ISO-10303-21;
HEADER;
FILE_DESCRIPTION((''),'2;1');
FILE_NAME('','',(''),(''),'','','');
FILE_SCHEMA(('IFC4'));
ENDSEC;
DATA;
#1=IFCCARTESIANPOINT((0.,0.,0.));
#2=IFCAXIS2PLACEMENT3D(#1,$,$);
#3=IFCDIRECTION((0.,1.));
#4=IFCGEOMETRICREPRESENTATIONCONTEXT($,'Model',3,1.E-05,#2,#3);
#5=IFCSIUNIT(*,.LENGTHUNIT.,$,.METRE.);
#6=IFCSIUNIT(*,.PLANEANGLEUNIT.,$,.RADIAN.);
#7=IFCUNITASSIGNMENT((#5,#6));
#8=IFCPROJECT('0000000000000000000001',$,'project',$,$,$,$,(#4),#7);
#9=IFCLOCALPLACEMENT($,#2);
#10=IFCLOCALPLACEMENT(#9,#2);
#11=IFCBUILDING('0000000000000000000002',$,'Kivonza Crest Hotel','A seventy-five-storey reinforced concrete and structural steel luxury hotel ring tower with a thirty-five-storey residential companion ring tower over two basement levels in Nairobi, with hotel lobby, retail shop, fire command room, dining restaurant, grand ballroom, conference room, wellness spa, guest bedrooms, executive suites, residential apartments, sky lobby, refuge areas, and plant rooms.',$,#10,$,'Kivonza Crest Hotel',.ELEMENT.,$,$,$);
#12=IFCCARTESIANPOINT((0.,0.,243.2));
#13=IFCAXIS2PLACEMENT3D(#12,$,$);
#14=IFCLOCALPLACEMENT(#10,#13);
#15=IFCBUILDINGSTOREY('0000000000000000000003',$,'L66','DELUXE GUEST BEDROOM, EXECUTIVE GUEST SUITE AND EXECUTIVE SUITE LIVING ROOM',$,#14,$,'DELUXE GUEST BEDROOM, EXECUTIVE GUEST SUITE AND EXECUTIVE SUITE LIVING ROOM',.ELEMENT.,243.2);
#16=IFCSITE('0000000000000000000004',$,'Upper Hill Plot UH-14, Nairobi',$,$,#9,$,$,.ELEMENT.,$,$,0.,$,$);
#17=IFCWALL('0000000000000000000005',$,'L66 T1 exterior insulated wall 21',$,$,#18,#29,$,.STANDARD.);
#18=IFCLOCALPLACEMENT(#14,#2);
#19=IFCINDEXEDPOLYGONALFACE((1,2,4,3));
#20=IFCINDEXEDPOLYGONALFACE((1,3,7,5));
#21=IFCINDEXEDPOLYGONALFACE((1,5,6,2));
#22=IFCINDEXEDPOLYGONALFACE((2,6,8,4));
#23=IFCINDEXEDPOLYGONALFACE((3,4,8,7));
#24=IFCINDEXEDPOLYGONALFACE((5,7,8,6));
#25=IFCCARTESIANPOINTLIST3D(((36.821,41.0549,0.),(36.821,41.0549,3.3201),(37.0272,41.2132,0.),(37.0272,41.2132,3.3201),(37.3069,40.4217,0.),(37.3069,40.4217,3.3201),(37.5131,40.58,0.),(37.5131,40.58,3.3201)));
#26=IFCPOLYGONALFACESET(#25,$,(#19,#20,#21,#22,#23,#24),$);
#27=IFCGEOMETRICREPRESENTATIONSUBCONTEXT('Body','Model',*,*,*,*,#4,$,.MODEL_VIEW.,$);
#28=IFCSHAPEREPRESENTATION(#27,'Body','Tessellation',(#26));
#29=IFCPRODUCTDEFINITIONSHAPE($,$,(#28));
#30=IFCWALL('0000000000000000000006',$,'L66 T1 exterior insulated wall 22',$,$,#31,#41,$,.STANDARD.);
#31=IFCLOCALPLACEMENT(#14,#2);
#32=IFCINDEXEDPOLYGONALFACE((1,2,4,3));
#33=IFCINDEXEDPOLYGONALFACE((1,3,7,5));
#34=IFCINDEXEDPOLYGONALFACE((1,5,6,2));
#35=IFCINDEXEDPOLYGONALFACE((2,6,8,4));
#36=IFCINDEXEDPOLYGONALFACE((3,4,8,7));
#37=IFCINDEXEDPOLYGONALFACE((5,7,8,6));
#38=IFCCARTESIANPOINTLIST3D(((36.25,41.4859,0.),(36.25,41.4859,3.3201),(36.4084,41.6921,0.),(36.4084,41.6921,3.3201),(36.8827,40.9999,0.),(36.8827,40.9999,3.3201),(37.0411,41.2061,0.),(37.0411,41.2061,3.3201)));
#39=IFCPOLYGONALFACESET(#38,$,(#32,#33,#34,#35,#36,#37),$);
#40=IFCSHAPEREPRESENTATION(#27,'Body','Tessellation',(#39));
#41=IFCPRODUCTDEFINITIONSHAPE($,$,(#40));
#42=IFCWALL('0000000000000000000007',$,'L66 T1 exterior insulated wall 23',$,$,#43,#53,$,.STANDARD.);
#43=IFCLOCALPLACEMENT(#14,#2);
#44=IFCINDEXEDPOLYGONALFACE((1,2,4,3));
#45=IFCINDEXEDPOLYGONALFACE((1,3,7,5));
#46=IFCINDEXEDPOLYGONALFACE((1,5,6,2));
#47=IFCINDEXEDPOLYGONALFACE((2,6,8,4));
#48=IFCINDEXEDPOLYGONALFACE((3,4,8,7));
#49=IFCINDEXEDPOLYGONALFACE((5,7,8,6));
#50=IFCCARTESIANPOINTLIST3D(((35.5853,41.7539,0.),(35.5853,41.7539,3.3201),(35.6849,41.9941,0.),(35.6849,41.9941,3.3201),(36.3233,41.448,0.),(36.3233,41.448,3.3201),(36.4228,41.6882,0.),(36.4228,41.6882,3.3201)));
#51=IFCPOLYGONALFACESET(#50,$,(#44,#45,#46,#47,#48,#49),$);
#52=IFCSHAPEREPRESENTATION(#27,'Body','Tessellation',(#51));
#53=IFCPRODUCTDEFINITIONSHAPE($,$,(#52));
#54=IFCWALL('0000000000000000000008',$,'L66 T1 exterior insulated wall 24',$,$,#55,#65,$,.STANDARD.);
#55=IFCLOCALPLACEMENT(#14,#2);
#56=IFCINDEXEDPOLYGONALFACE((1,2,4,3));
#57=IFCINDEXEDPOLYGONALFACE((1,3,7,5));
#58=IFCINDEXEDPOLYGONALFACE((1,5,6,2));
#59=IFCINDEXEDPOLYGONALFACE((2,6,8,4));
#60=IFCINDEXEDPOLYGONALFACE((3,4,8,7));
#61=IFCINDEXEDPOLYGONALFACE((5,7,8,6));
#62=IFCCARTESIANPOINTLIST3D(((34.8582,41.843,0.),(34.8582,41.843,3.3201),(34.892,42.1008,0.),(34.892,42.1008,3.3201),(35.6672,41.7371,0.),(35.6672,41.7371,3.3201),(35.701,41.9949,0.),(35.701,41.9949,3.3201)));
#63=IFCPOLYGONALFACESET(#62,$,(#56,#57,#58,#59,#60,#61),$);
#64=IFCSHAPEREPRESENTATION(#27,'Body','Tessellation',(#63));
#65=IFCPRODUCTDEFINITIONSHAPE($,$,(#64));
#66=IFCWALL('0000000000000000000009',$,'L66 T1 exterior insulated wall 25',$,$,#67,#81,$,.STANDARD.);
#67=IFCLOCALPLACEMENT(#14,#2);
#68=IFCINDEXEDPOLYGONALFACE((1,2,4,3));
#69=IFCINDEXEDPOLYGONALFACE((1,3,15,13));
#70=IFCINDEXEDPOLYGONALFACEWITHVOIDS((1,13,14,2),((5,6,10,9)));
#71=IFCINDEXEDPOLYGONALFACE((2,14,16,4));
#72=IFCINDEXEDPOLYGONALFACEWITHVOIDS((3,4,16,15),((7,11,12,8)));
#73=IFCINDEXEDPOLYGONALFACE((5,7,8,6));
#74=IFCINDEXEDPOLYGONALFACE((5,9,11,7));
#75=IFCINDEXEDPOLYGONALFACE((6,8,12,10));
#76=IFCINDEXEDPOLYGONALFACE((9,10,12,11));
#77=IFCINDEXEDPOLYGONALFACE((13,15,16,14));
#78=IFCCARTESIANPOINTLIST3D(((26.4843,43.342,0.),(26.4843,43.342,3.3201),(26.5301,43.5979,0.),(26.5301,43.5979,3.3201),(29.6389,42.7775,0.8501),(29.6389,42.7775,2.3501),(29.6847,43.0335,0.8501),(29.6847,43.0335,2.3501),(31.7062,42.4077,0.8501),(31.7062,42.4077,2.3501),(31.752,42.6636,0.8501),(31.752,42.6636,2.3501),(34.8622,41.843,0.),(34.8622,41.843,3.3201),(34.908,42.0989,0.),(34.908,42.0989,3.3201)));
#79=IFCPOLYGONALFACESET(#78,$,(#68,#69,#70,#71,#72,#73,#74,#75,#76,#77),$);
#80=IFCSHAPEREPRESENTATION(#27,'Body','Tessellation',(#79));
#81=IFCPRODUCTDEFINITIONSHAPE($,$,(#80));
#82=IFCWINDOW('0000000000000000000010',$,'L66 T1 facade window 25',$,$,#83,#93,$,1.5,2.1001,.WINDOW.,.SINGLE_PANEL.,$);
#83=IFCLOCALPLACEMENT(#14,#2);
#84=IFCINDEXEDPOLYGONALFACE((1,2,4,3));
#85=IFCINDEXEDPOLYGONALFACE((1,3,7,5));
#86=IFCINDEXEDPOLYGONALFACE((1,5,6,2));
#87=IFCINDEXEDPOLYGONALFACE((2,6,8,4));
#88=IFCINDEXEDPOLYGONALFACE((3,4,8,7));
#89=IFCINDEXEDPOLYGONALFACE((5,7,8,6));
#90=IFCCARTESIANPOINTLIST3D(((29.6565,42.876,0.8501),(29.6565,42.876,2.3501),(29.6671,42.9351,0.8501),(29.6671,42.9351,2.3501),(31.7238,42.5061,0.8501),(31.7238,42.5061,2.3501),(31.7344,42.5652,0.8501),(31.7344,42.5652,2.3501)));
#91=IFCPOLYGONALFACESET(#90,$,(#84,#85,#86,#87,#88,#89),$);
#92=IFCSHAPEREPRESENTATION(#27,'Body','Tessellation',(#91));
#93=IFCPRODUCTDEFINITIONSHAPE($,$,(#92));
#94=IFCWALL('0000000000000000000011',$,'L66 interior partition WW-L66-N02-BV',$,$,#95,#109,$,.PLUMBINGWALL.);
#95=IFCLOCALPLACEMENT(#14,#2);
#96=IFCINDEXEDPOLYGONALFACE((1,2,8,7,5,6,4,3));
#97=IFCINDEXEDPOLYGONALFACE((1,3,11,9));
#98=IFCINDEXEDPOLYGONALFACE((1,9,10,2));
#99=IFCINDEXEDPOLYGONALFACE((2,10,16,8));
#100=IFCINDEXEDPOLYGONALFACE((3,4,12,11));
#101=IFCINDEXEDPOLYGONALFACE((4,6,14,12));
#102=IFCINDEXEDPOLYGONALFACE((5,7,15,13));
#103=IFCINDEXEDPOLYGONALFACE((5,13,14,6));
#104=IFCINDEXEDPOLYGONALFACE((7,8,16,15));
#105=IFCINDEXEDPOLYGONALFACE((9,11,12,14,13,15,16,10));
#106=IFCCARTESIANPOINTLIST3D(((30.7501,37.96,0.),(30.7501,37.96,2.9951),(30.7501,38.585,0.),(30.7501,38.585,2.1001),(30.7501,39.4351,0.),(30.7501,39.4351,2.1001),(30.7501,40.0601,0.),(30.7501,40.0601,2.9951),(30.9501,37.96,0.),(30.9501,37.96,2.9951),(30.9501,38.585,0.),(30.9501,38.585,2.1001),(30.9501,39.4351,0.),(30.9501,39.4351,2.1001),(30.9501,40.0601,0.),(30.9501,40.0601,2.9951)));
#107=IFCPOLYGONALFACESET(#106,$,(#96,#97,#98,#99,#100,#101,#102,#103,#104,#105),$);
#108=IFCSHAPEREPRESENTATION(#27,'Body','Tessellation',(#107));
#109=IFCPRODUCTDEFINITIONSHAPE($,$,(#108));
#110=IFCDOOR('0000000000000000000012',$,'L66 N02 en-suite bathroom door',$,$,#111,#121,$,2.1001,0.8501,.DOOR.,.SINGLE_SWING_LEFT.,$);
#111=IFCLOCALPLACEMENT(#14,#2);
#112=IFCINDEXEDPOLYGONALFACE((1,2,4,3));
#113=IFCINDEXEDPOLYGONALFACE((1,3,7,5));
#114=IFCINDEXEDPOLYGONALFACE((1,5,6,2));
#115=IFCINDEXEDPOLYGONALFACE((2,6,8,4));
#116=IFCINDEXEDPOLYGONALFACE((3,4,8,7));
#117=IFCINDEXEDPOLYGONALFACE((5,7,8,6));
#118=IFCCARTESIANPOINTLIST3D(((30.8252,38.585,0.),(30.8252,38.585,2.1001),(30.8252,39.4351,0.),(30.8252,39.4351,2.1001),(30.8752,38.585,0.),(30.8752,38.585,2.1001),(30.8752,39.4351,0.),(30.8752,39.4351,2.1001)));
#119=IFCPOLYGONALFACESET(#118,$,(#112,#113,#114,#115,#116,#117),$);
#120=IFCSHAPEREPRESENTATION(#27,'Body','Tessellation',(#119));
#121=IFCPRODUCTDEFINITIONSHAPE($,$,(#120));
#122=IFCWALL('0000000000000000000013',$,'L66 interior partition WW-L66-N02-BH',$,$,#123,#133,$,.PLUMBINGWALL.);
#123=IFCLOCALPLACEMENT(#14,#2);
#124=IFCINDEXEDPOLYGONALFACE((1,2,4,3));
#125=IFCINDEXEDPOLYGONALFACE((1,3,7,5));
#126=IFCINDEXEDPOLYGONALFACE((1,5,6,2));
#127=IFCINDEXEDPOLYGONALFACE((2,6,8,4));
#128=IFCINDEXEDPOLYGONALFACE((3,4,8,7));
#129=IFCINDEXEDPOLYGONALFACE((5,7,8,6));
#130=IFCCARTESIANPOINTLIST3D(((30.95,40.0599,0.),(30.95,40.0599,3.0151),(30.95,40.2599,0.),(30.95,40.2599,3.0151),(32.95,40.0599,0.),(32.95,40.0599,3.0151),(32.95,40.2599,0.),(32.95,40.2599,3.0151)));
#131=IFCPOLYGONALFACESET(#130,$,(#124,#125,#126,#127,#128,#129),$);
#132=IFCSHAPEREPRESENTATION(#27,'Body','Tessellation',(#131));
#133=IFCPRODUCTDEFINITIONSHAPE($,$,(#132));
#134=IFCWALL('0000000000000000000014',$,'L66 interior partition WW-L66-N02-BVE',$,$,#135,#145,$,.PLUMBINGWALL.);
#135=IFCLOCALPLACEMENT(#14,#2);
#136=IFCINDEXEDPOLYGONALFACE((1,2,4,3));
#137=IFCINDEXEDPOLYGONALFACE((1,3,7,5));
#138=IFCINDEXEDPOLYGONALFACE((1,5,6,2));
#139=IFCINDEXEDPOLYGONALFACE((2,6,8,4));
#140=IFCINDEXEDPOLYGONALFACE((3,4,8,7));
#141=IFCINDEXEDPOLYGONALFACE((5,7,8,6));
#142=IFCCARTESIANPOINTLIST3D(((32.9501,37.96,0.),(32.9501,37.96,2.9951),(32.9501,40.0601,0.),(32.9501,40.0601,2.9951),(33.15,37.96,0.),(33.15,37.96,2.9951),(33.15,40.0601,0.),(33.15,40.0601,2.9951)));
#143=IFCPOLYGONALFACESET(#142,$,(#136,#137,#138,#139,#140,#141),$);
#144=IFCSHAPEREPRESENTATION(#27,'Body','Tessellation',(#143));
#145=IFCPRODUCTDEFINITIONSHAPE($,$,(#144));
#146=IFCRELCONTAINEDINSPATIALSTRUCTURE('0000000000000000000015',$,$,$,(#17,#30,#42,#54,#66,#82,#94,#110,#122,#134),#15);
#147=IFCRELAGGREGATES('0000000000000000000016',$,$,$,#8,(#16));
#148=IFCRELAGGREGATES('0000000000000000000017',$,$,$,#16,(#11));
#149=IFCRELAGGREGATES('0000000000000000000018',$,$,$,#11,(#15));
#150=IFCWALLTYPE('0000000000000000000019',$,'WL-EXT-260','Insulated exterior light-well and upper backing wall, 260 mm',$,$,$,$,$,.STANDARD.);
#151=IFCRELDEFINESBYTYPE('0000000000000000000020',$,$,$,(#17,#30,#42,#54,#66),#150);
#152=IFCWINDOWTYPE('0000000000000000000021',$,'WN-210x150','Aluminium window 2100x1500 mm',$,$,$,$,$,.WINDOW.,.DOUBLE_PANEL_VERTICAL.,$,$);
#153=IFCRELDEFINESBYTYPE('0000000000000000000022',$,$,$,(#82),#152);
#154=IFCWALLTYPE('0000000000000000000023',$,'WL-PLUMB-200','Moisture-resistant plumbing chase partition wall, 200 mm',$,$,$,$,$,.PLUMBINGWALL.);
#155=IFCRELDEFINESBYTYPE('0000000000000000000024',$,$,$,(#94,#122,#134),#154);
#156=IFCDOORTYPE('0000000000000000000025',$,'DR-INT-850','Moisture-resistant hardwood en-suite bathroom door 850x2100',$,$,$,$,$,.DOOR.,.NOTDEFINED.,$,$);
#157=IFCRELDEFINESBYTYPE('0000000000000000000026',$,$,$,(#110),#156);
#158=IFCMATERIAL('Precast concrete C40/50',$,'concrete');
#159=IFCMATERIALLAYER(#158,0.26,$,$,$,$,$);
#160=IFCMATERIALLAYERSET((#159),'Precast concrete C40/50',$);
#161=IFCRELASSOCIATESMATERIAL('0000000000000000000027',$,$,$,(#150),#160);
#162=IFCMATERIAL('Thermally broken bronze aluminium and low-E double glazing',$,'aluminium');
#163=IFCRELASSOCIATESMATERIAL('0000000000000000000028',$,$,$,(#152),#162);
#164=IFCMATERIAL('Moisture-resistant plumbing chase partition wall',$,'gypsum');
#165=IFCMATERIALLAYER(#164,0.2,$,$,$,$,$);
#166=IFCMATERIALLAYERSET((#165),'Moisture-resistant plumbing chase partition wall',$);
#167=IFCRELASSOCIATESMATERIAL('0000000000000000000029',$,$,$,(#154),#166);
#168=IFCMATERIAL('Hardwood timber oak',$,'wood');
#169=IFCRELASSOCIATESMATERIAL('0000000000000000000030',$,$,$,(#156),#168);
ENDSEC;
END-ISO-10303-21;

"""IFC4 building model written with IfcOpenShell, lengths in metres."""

from ifc_helpers import new_model, si_unit, direction, frame, frame_2d, origin, place, context, subcontext, project, spatial, rectangle, extrude, material, layer, layer_set, type_object, element, fill, save


model = new_model("IFC4")

# Units and contexts
model_context = context("Model", 3, precision=1e-05, world=origin(), true_north=direction((0.0, 1.0)))
body_context = subcontext(model_context, "Body", "Model", "MODEL_VIEW")
ifc_project = project(units=[si_unit("LENGTHUNIT", "METRE"), si_unit("PLANEANGLEUNIT", "RADIAN")], contexts=[model_context])

# Site, building, storey
site_placement = place(None, origin())
site = spatial("IfcSite", under=ifc_project, at=site_placement, Name="Upper Hill Plot UH-14, Nairobi", CompositionType="ELEMENT", RefElevation=0.0)
building_placement = place(site_placement, origin())
building = spatial("IfcBuilding", under=site, at=building_placement, Name="Kivonza Crest Hotel", Description="A seventy-five-storey reinforced concrete and structural steel luxury hotel ring tower with a thirty-five-storey residential companion ring tower over two basement levels in Nairobi, with hotel lobby, retail shop, fire command room, dining restaurant, grand ballroom, conference room, wellness spa, guest bedrooms, executive suites, residential apartments, sky lobby, refuge areas, and plant rooms.", LongName="Kivonza Crest Hotel", CompositionType="ELEMENT")
storey_placement = place(building_placement, frame((0.0, 0.0, 243.2)))
storey = spatial("IfcBuildingStorey", under=building, at=storey_placement, Name="L66", Description="DELUXE GUEST BEDROOM, EXECUTIVE GUEST SUITE AND EXECUTIVE SUITE LIVING ROOM", LongName="DELUXE GUEST BEDROOM, EXECUTIVE GUEST SUITE AND EXECUTIVE SUITE LIVING ROOM", CompositionType="ELEMENT", Elevation=243.2)

# Shared definitions
ifc_material_1 = material(Name="Hardwood timber oak", Category="wood")

# Walls
ifc_material_2 = material(Name="Precast concrete C40/50", Category="concrete")
ifc_layer_1 = layer(ifc_material_2, 0.26)
ifc_layer_set_1 = layer_set([ifc_layer_1], Name="Precast concrete C40/50")
wall_type_1 = type_object("IfcWallType", Name="WL-EXT-260", Description="Insulated exterior light-well and upper backing wall, 260 mm", PredefinedType="STANDARD", material=ifc_layer_set_1)
wall_1_placement = place(storey_placement, frame((37.4099, 40.501, 0.0), z_axis=(0.0, 0.0, 1.0), x_axis=(-0.608823, 0.793306, 0.0)))
element("IfcWall", 1, at=wall_1_placement, inside=storey, type_object=wall_type_1, Name="L66 T1 exterior insulated wall 21", PredefinedType="STANDARD", context=body_context, shape_type="SweptSolid", body=[
    extrude(rectangle(XDim=0.7981, YDim=0.26, at=frame_2d((0.3989, 0.0))), origin(), (0.0, 0.0, 1.0), 3.3201),
])
wall_2_placement = place(storey_placement, frame((36.9619, 41.103, 0.0), z_axis=(0.0, 0.0, 1.0), x_axis=(-0.793045, 0.609164, 0.0)))
element("IfcWall", 2, at=wall_2_placement, inside=storey, type_object=wall_type_1, Name="L66 T1 exterior insulated wall 22", PredefinedType="STANDARD", context=body_context, shape_type="SweptSolid", body=[
    extrude(rectangle(XDim=0.7979, YDim=0.26, at=frame_2d((0.3989, 0.0))), origin(), (0.0, 0.0, 1.0), 3.3201),
])
wall_3_placement = place(storey_placement, frame((36.373, 41.5681, 0.0), z_axis=(0.0, 0.0, 1.0), x_axis=(-0.92379, 0.382901, 0.0)))
element("IfcWall", 3, at=wall_3_placement, inside=storey, type_object=wall_type_1, Name="L66 T1 exterior insulated wall 23", PredefinedType="STANDARD", context=body_context, shape_type="SweptSolid", body=[
    extrude(rectangle(XDim=0.7988, YDim=0.26, at=frame_2d((0.3994, 0.0))), origin(), (0.0, 0.0, 1.0), 3.3201),
])
wall_4_placement = place(storey_placement, frame((35.6841, 41.866, 0.0), z_axis=(0.0, 0.0, 1.0), x_axis=(-0.991534, 0.129851, 0.0)))
element("IfcWall", 4, at=wall_4_placement, inside=storey, type_object=wall_type_1, Name="L66 T1 exterior insulated wall 24", PredefinedType="STANDARD", context=body_context, shape_type="SweptSolid", body=[
    extrude(rectangle(XDim=0.8159, YDim=0.26, at=frame_2d((0.408, 0.0))), origin(), (0.0, 0.0, 1.0), 3.3201),
])

# Wall, opening, window
wall_5_placement = place(storey_placement, frame((34.885, 41.9709, 0.0), z_axis=(0.0, 0.0, 1.0), x_axis=(-0.984367, 0.176128, 0.0)))
wall_5 = element("IfcWall", 5, at=wall_5_placement, inside=storey, type_object=wall_type_1, Name="L66 T1 exterior insulated wall 25", PredefinedType="STANDARD", context=body_context, shape_type="SweptSolid", body=[
    extrude(rectangle(XDim=8.511, YDim=0.26, at=frame_2d((4.2554, 0.0))), origin(), (0.0, 0.0, 1.0), 3.3201),
])
opening_1_placement = place(wall_5_placement, frame((3.2061, 0.0, 0.8501)))
opening_1 = element("IfcOpeningElement", 6, at=opening_1_placement, cuts=wall_5, PredefinedType="OPENING", context=body_context, shape_type="SweptSolid", body=[
    extrude(rectangle(XDim=2.1001, YDim=1.5, at=frame_2d((1.05, 0.75))), frame((0.0, 0.1401, 0.0), z_axis=(0.0, -1.0, 0.0), x_axis=(1.0, 0.0, 0.0)), (0.0, 0.0, 1.0), 0.28),
])
ifc_material_3 = material(Name="Thermally broken bronze aluminium and low-E double glazing", Category="aluminium")
window_type = type_object("IfcWindowType", Name="WN-210x150", Description="Aluminium window 2100x1500 mm", PartitioningType="DOUBLE_PANEL_VERTICAL", PredefinedType="WINDOW", material=ifc_material_3)
window_placement = place(opening_1_placement, origin())
window = element("IfcWindow", 7, at=window_placement, inside=storey, type_object=window_type, Name="L66 T1 facade window 25", OverallHeight=1.5, OverallWidth=2.1001, PartitioningType="SINGLE_PANEL", PredefinedType="WINDOW", context=body_context, shape_type="SweptSolid", body=[
    extrude(rectangle(XDim=2.1001, YDim=1.5, at=frame_2d((1.05, 0.75))), frame((0.0, 0.03, 0.0), z_axis=(0.0, -1.0, 0.0), x_axis=(1.0, 0.0, 0.0)), (0.0, 0.0, 1.0), 0.0601),
])
fill(opening_1, window)

# Wall, opening, door
ifc_material_4 = material(Name="Moisture-resistant plumbing chase partition wall", Category="gypsum")
ifc_layer_2 = layer(ifc_material_4, 0.2)
ifc_layer_set_2 = layer_set([ifc_layer_2], Name="Moisture-resistant plumbing chase partition wall")
wall_type_2 = type_object("IfcWallType", Name="WL-PLUMB-200", Description="Moisture-resistant plumbing chase partition wall, 200 mm", PredefinedType="PLUMBINGWALL", material=ifc_layer_set_2)
wall_6_placement = place(storey_placement, frame((30.8501, 37.96, 0.0), z_axis=(0.0, 0.0, 1.0), x_axis=(0.0, 1.0, 0.0)))
wall_6 = element("IfcWall", 8, at=wall_6_placement, inside=storey, type_object=wall_type_2, Name="L66 interior partition WW-L66-N02-BV", PredefinedType="PLUMBINGWALL", context=body_context, shape_type="SweptSolid", body=[
    extrude(rectangle(XDim=2.1001, YDim=0.2, at=frame_2d((1.05, 0.0))), origin(), (0.0, 0.0, 1.0), 2.9951),
])
opening_2_placement = place(wall_6_placement, frame((0.625, 0.0, 0.0)))
opening_2 = element("IfcOpeningElement", 9, at=opening_2_placement, cuts=wall_6, PredefinedType="OPENING", context=body_context, shape_type="SweptSolid", body=[
    extrude(rectangle(XDim=0.8501, YDim=2.1001, at=frame_2d((0.425, 1.05))), frame((0.0, 0.1099, 0.0), z_axis=(0.0, -1.0, 0.0), x_axis=(1.0, 0.0, 0.0)), (0.0, 0.0, 1.0), 0.22),
])
door_type_1 = type_object("IfcDoorType", Name="DR-INT-850", Description="Moisture-resistant hardwood en-suite bathroom door 850x2100", OperationType="NOTDEFINED", PredefinedType="DOOR", material=ifc_material_1)
door_1_placement = place(opening_2_placement, origin())
door_1 = element("IfcDoor", 10, at=door_1_placement, inside=storey, type_object=door_type_1, Name="L66 N02 en-suite bathroom door", OperationType="SINGLE_SWING_LEFT", OverallHeight=2.1001, OverallWidth=0.8501, PredefinedType="DOOR", context=body_context, shape_type="SweptSolid", body=[
    extrude(rectangle(XDim=0.8501, YDim=2.1001, at=frame_2d((0.425, 1.05))), frame((0.0, 0.0249, 0.0), z_axis=(0.0, -1.0, 0.0), x_axis=(1.0, 0.0, 0.0)), (0.0, 0.0, 1.0), 0.05),
])
fill(opening_2, door_1)

# Walls
wall_7_placement = place(storey_placement, frame((30.95, 40.1599, 0.0), z_axis=(0.0, 0.0, 1.0), x_axis=(1.0, 0.0, 0.0)))
element("IfcWall", 11, at=wall_7_placement, inside=storey, type_object=wall_type_2, Name="L66 interior partition WW-L66-N02-BH", PredefinedType="PLUMBINGWALL", context=body_context, shape_type="SweptSolid", body=[
    extrude(rectangle(XDim=2.0, YDim=0.2, at=frame_2d((1.0, 0.0))), origin(), (0.0, 0.0, 1.0), 3.0151),
])
wall_8_placement = place(storey_placement, frame((33.05, 37.96, 0.0), z_axis=(0.0, 0.0, 1.0), x_axis=(0.0, 1.0, 0.0)))
element("IfcWall", 12, at=wall_8_placement, inside=storey, type_object=wall_type_2, Name="L66 interior partition WW-L66-N02-BVE", PredefinedType="PLUMBINGWALL", context=body_context, shape_type="SweptSolid", body=[
    extrude(rectangle(XDim=2.1001, YDim=0.2, at=frame_2d((1.05, 0.0))), origin(), (0.0, 0.0, 1.0), 2.9951),
])

save(model, "model.ifc")
